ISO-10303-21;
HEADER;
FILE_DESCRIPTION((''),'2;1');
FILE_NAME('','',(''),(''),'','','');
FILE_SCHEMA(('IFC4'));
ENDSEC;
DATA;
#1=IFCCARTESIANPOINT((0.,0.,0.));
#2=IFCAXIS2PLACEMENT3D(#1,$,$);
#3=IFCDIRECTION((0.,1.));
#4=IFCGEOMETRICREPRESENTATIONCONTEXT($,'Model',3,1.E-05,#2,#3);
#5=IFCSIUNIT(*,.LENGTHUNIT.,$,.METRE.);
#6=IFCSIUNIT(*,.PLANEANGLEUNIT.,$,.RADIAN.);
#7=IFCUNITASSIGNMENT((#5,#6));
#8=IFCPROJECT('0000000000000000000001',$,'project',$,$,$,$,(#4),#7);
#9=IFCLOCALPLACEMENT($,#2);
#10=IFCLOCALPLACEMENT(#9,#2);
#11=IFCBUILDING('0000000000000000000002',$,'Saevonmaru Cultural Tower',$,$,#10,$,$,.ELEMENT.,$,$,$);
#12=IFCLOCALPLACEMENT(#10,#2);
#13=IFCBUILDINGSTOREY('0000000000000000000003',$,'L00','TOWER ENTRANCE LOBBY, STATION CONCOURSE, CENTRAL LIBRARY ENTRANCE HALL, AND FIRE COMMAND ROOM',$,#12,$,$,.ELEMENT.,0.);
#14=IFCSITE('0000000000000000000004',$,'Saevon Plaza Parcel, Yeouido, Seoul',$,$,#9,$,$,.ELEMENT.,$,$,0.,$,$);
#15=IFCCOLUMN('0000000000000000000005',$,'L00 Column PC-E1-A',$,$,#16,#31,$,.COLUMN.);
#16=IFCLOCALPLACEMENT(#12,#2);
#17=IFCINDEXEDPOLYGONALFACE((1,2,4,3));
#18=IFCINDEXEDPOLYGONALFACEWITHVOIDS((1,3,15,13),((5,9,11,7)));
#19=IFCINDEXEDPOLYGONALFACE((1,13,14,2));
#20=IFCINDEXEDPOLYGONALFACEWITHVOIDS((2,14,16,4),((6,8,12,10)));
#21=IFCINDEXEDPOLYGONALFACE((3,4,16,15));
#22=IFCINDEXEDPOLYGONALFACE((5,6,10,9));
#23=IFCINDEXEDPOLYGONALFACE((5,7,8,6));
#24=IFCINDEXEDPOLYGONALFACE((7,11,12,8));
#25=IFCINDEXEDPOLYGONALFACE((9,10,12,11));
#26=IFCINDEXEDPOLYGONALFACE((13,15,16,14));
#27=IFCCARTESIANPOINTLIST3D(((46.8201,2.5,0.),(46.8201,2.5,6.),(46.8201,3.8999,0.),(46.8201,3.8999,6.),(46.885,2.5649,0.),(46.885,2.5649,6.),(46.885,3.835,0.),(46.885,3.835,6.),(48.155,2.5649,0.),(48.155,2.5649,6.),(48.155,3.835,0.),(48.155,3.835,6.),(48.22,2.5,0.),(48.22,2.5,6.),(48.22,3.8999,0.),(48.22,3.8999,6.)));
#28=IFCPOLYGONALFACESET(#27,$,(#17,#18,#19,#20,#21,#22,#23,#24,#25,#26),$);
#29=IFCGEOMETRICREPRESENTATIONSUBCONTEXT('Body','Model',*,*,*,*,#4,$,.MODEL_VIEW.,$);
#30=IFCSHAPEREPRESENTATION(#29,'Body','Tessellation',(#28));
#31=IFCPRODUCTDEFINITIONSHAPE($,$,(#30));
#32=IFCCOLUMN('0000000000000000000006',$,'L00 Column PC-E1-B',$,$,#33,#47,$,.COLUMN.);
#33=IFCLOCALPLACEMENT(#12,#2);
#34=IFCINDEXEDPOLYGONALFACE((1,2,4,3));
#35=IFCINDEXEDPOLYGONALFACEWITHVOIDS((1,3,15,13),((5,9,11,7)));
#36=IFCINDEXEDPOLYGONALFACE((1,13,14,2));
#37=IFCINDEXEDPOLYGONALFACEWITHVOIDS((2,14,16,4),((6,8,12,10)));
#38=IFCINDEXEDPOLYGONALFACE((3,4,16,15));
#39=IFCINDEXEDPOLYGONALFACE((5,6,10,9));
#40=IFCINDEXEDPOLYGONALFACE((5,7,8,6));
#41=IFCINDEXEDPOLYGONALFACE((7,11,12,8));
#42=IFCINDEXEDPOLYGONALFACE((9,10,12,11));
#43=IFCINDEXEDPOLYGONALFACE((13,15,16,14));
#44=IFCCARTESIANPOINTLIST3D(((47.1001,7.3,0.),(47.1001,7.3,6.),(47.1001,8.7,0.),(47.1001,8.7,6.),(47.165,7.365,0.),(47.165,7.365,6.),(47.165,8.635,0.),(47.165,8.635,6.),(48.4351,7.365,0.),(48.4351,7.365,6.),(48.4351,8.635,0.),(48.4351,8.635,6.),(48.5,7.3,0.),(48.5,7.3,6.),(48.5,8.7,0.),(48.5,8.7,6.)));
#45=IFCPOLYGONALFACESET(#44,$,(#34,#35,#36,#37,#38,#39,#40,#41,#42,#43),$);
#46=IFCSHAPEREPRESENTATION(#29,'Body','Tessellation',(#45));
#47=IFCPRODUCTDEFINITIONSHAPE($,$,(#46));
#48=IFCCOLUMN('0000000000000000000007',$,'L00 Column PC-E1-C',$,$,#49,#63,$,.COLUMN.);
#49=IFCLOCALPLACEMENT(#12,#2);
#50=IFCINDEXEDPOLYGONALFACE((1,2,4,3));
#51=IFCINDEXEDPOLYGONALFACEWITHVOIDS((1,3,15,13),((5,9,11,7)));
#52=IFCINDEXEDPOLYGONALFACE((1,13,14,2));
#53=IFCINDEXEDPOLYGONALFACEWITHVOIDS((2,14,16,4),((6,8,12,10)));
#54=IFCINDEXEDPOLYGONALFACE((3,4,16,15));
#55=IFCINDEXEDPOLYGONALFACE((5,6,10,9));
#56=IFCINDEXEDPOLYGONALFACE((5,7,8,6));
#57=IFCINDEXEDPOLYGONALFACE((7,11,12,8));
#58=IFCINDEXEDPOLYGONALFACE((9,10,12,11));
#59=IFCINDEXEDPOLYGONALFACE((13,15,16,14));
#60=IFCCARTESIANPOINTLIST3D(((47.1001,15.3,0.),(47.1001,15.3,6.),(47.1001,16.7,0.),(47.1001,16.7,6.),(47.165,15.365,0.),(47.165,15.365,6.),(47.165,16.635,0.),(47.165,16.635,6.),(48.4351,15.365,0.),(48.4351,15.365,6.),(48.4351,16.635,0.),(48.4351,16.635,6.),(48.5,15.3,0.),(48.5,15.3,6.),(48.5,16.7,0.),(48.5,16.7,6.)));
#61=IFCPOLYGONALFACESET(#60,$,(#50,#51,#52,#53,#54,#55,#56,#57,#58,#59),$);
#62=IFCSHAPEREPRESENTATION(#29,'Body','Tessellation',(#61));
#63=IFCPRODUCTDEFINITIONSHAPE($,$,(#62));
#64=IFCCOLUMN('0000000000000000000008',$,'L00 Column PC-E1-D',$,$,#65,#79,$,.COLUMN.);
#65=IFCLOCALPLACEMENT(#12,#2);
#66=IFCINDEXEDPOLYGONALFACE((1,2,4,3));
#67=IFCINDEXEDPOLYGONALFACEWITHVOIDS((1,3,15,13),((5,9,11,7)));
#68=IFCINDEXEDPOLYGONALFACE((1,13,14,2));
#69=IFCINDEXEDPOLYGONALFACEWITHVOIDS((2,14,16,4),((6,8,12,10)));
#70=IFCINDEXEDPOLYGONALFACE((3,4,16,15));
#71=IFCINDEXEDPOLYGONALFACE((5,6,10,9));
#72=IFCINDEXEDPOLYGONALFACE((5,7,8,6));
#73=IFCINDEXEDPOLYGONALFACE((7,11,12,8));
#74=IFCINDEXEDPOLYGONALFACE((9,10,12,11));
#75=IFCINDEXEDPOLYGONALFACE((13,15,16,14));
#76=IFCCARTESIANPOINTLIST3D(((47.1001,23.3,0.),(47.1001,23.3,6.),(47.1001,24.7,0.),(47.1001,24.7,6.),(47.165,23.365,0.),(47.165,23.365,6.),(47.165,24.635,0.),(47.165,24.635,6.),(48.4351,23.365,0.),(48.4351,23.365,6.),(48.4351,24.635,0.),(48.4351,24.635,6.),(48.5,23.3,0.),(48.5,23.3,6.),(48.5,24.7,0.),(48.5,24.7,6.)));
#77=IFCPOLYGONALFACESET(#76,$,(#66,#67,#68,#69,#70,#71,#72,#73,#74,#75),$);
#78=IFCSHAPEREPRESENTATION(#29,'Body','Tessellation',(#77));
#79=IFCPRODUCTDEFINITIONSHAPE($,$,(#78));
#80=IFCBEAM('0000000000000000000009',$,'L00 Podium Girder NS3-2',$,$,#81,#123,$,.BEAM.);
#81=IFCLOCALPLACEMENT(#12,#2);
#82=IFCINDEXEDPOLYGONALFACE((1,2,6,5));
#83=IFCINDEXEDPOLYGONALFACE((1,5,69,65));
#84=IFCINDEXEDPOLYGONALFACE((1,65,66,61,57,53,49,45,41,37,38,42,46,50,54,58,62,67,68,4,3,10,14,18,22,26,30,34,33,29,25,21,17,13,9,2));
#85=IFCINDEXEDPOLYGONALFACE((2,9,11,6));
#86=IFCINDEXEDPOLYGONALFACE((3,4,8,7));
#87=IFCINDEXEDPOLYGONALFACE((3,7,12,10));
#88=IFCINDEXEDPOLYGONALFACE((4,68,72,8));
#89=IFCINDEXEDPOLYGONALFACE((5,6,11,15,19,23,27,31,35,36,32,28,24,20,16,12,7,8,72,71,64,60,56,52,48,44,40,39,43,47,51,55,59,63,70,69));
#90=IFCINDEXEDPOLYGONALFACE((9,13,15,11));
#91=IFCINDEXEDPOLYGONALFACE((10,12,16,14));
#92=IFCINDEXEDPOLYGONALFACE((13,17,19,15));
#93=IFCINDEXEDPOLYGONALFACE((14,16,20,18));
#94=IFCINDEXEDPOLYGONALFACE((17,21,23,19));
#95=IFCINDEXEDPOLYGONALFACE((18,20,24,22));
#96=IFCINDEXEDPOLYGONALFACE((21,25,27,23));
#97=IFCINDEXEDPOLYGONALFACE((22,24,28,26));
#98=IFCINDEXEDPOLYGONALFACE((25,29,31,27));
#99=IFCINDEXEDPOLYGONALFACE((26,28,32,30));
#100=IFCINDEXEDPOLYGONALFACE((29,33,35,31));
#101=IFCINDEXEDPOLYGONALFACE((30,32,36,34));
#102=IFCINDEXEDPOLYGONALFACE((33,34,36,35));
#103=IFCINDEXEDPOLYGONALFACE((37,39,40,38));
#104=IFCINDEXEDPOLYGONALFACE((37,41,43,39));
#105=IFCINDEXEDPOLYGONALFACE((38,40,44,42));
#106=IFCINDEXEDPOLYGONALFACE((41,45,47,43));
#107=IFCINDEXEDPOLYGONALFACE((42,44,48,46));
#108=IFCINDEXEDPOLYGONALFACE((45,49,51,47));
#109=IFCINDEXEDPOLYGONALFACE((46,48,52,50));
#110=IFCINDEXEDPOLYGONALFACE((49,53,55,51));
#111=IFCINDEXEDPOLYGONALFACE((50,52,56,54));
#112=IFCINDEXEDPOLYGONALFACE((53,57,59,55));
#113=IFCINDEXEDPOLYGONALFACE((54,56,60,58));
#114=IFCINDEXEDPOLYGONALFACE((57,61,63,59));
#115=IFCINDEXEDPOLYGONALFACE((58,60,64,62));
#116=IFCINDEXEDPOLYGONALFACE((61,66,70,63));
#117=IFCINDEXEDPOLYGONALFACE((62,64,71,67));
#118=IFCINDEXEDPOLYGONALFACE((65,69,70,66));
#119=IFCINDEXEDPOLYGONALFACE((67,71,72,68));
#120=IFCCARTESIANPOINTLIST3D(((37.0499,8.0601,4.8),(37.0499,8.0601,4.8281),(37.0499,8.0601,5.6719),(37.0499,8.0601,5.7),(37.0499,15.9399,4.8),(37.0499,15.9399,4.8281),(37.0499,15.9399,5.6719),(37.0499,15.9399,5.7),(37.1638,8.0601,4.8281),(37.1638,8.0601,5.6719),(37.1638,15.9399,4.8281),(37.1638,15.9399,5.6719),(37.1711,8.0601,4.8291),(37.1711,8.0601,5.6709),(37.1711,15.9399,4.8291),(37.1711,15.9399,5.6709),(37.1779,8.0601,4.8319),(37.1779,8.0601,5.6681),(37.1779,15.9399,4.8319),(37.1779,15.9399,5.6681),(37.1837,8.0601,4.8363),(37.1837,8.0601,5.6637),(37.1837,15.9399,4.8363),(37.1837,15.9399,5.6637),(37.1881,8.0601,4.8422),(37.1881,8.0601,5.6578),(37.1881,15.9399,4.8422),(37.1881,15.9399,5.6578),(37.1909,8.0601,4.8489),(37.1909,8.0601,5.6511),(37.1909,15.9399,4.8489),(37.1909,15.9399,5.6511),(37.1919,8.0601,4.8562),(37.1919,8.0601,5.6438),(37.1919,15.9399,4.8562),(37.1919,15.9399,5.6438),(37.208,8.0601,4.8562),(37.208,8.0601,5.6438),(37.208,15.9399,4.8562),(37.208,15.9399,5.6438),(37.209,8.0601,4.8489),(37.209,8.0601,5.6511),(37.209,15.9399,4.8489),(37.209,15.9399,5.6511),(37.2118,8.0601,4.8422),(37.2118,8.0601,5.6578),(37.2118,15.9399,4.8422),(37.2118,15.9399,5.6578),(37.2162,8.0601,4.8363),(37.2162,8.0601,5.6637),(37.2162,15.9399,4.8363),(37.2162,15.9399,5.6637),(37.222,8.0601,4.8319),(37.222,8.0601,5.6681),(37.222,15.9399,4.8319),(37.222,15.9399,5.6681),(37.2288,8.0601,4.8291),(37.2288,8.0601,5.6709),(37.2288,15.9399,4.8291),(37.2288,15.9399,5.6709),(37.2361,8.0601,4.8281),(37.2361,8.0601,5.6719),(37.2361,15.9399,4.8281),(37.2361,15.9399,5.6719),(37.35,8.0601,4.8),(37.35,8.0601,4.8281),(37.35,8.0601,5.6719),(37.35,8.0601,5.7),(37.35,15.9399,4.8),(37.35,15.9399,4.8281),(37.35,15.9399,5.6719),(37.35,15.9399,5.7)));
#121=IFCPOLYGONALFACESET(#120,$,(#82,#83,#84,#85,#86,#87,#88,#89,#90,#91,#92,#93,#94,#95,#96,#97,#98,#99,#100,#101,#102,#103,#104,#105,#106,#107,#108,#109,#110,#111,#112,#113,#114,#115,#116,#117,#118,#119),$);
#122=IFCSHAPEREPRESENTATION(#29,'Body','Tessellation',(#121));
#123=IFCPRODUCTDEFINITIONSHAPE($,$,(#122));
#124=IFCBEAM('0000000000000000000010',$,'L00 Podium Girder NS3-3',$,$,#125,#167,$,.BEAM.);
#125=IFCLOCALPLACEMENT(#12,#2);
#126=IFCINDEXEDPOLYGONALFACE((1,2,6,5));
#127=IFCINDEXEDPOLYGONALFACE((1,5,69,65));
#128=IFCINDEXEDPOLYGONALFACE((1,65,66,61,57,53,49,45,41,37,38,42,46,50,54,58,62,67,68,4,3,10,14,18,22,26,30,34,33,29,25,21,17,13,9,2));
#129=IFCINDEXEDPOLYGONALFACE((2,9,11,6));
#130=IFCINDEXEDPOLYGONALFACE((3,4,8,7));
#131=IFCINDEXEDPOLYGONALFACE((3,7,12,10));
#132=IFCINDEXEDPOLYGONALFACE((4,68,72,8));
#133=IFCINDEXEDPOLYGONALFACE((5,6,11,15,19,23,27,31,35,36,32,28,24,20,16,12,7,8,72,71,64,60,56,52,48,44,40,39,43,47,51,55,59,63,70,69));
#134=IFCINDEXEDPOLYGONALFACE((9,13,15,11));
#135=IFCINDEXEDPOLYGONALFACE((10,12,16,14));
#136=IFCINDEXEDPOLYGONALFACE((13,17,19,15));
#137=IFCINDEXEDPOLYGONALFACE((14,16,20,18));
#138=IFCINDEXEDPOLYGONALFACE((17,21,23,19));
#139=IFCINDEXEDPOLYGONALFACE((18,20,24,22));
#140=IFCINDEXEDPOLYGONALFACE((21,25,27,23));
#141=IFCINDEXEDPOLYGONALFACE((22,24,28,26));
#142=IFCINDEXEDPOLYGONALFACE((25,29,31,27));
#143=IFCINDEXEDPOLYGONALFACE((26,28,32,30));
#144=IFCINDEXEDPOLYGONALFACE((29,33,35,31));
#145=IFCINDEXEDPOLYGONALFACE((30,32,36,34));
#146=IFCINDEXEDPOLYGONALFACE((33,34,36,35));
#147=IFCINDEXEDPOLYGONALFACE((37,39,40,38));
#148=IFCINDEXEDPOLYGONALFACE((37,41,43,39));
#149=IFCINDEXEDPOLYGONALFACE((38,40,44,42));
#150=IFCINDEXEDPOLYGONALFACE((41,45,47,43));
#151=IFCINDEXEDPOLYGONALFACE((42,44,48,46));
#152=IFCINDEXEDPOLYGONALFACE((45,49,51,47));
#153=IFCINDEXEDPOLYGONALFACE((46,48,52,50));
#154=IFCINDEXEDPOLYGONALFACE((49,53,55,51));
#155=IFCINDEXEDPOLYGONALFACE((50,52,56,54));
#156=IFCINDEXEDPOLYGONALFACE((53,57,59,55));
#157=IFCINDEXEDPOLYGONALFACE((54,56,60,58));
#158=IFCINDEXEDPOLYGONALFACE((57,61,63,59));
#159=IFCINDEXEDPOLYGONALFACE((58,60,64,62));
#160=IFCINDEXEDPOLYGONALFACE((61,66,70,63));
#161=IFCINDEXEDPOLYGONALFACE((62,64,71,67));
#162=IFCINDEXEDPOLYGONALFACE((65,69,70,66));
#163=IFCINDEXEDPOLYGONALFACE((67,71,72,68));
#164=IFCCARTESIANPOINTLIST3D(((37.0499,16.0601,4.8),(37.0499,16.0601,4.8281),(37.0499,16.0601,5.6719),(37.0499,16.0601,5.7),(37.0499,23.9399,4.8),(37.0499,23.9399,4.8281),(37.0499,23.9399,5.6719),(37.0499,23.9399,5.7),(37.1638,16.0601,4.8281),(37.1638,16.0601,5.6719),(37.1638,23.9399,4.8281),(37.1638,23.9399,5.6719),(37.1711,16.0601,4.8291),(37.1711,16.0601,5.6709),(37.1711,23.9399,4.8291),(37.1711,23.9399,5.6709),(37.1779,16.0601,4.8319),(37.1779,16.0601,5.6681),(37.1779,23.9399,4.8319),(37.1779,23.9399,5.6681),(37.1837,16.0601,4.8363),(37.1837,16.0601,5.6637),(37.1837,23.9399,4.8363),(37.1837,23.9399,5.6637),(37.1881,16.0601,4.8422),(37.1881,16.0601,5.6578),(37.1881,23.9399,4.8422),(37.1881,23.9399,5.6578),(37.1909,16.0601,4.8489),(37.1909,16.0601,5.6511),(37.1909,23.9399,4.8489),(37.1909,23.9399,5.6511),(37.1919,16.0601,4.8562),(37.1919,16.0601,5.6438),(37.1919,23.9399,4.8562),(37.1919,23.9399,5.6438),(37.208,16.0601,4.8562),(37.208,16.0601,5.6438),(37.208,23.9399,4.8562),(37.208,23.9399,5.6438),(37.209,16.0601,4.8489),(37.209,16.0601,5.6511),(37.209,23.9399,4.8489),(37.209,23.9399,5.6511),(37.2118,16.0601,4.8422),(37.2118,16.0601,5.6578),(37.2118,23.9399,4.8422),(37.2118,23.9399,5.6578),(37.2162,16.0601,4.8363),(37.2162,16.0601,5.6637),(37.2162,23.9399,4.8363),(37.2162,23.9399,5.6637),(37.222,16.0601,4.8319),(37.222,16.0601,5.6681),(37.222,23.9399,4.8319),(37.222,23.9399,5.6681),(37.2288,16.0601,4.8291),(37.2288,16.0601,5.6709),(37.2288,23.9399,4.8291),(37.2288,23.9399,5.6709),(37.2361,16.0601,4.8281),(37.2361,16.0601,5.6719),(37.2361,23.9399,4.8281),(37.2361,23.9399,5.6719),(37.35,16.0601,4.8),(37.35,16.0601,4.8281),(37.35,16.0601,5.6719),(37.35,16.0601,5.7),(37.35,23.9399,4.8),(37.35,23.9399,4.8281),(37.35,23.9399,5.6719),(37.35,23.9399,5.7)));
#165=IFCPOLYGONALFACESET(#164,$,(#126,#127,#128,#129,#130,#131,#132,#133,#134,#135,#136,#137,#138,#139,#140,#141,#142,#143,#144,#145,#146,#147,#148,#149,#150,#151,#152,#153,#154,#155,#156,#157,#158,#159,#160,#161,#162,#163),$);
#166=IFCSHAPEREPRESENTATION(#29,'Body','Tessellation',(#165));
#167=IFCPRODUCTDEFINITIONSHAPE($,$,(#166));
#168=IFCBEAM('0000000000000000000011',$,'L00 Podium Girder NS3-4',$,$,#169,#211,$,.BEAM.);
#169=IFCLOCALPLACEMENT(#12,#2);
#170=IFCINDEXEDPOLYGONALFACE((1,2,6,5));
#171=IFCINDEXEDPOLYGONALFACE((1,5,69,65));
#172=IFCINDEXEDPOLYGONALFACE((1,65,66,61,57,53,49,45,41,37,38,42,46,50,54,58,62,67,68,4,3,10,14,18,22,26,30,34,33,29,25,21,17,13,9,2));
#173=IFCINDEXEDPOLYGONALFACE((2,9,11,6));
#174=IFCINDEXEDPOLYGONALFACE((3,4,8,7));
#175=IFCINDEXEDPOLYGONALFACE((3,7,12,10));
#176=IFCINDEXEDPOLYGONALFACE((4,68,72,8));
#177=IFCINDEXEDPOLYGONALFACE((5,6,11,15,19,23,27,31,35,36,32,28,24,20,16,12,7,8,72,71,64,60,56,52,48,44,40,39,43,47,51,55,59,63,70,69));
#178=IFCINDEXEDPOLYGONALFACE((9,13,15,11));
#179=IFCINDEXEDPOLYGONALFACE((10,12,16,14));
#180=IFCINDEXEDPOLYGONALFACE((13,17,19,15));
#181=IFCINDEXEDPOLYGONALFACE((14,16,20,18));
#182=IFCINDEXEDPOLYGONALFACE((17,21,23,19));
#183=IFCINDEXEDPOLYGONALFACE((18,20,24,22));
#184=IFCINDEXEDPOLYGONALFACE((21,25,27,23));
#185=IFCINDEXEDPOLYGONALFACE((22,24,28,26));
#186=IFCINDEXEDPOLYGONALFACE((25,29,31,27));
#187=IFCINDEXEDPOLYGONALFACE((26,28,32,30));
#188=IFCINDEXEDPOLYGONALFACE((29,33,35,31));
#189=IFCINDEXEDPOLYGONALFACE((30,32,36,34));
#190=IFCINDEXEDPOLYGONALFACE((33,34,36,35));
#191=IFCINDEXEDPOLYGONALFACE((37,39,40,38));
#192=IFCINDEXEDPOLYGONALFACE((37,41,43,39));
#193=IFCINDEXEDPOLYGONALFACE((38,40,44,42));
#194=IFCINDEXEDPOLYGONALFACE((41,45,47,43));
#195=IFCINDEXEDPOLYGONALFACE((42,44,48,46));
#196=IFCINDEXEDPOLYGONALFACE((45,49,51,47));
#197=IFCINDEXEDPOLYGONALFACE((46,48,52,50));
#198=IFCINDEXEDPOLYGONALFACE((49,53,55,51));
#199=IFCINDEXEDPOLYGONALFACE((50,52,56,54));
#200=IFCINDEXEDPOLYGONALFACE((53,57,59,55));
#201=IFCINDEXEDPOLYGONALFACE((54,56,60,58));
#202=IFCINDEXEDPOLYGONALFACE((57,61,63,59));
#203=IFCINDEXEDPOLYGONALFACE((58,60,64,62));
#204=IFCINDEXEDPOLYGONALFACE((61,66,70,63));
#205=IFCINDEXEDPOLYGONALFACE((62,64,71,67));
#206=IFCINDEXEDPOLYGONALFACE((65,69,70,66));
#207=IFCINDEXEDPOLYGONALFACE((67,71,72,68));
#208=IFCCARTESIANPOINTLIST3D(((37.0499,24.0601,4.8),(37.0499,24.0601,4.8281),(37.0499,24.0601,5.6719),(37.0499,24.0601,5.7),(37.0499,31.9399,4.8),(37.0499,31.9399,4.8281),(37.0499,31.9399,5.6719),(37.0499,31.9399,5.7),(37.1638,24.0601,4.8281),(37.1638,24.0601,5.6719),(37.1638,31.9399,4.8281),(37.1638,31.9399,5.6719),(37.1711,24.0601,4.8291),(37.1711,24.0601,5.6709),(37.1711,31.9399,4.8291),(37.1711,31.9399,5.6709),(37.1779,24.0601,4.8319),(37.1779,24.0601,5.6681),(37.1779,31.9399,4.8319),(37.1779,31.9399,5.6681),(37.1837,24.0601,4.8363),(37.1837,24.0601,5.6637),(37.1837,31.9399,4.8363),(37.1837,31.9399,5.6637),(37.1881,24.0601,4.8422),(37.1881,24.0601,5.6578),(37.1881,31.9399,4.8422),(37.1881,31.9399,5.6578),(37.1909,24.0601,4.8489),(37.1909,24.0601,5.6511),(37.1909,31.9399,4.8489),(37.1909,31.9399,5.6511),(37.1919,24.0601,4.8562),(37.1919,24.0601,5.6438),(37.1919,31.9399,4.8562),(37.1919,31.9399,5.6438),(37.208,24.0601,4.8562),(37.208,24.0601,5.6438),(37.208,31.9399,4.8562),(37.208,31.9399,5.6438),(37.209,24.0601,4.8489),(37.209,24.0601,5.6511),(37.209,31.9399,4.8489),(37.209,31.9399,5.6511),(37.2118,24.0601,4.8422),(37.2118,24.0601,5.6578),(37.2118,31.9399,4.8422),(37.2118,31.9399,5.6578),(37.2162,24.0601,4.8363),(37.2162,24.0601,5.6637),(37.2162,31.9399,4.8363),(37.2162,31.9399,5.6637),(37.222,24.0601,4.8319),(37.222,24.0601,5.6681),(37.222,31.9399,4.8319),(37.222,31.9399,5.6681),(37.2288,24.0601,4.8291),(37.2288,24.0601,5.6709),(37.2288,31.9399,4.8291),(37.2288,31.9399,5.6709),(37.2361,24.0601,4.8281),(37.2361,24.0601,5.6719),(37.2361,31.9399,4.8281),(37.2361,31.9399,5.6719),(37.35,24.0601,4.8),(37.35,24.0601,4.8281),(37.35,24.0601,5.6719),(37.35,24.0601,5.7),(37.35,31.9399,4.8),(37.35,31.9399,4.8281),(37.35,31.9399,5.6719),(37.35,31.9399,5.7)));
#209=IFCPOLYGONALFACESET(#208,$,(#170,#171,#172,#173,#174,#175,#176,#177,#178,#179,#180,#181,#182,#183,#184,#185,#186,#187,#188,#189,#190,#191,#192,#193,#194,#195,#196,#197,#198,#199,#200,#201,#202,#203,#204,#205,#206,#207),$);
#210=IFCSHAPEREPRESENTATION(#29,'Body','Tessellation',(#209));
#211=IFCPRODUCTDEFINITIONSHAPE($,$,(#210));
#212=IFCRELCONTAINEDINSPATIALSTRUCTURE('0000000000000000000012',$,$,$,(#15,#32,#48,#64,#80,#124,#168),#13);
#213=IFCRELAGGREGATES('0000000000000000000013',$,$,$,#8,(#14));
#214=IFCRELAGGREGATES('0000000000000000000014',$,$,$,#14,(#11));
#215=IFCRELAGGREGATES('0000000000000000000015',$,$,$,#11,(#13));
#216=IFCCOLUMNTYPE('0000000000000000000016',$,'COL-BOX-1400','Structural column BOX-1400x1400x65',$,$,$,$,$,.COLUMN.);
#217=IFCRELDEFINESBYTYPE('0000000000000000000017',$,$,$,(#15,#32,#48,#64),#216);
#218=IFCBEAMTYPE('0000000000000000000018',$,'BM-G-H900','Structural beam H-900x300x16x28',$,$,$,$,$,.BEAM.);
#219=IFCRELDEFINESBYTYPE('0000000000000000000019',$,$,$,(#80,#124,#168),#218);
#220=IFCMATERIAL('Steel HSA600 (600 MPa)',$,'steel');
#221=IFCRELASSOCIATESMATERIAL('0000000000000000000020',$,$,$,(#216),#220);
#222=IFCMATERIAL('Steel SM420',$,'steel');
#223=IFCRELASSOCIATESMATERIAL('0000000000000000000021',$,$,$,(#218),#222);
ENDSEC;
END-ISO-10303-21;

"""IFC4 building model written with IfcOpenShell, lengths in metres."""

from ifc_helpers import new_model, si_unit, direction, frame, origin, origin_2d, place, context, subcontext, project, spatial, hollow_rectangle, i_section, extrude, material, material_profile, profile_set, type_object, element, save


model = new_model("IFC4")

# Units and contexts
model_context = context("Model", 3, precision=1e-05, world=origin(), true_north=direction((0.0, 1.0)))
body_context = subcontext(model_context, "Body", "Model", "MODEL_VIEW")
ifc_project = project(units=[si_unit("LENGTHUNIT", "METRE"), si_unit("PLANEANGLEUNIT", "RADIAN")], contexts=[model_context])

# Site, building, storey
site_placement = place(None, origin())
site = spatial("IfcSite", under=ifc_project, at=site_placement, Name="Saevon Plaza Parcel, Yeouido, Seoul", CompositionType="ELEMENT", RefElevation=0.0)
building_placement = place(site_placement, origin())
building = spatial("IfcBuilding", under=site, at=building_placement, Name="Saevonmaru Cultural Tower", CompositionType="ELEMENT")
storey_placement = place(building_placement, origin())
storey = spatial("IfcBuildingStorey", under=building, at=storey_placement, Name="L00", Description="TOWER ENTRANCE LOBBY, STATION CONCOURSE, CENTRAL LIBRARY ENTRANCE HALL, AND FIRE COMMAND ROOM", CompositionType="ELEMENT", Elevation=0.0)

# Columns
ifc_material_1 = material(Name="Steel HSA600 (600 MPa)", Category="steel")
ifc_material_profile_1 = material_profile(ifc_material_1, hollow_rectangle(XDim=1.3999, YDim=1.3999, WallThickness=0.0649, at=origin_2d()), Name="BOX-1400x1400x65")
ifc_profile_set_1 = profile_set([ifc_material_profile_1], Name="Steel HSA600 (600 MPa)")
column_type = type_object("IfcColumnType", Name="COL-BOX-1400", Description="Structural column BOX-1400x1400x65", PredefinedType="COLUMN", material=ifc_profile_set_1)
for number, where, z_axis, x_axis, name in (
    (1, (47.52, 3.2, 0.0), (0.0, 0.0, 1.0), (1.0, 0.0, 0.0), "L00 Column PC-E1-A"),
    (2, (47.8, 8.0, 0.0), (0.0, 0.0, 1.0), (1.0, 0.0, 0.0), "L00 Column PC-E1-B"),
    (3, (47.8, 16.0, 0.0), (0.0, 0.0, 1.0), (1.0, 0.0, 0.0), "L00 Column PC-E1-C"),
    (4, (47.8, 24.0, 0.0), (0.0, 0.0, 1.0), (1.0, 0.0, 0.0), "L00 Column PC-E1-D"),
):
    element("IfcColumn", number, at=place(storey_placement, frame(where, z_axis=z_axis, x_axis=x_axis)), inside=storey, type_object=column_type, Name=name, PredefinedType="COLUMN", context=body_context, shape_type="SweptSolid", body=[
        extrude(hollow_rectangle(XDim=1.3999, YDim=1.3999, WallThickness=0.0649, at=origin_2d()), origin(), (0.0, 0.0, 1.0), 6.0),
    ])

# Beams
ifc_material_2 = material(Name="Steel SM420", Category="steel")
ifc_material_profile_2 = material_profile(ifc_material_2, i_section(OverallWidth=0.3, OverallDepth=0.8999, WebThickness=0.0161, FlangeThickness=0.0281, FilletRadius=0.0281, at=origin_2d()), Name="H-900x300x16x28")
ifc_profile_set_2 = profile_set([ifc_material_profile_2], Name="Steel SM420")
beam_type_1 = type_object("IfcBeamType", Name="BM-G-H900", Description="Structural beam H-900x300x16x28", PredefinedType="BEAM", material=ifc_profile_set_2)
for number, where, z_axis, x_axis, name in (
    (5, (37.2, 8.0601, 5.25), (0.0, 1.0, 0.0), (-1.0, 0.0, 0.0), "L00 Podium Girder NS3-2"),
    (6, (37.2, 16.0601, 5.25), (0.0, 1.0, 0.0), (-1.0, 0.0, 0.0), "L00 Podium Girder NS3-3"),
    (7, (37.2, 24.0601, 5.25), (0.0, 1.0, 0.0), (-1.0, 0.0, 0.0), "L00 Podium Girder NS3-4"),
):
    element("IfcBeam", number, at=place(storey_placement, frame(where, z_axis=z_axis, x_axis=x_axis)), inside=storey, type_object=beam_type_1, Name=name, PredefinedType="BEAM", context=body_context, shape_type="SweptSolid", body=[
        extrude(i_section(OverallWidth=0.3, OverallDepth=0.8999, WebThickness=0.0161, FlangeThickness=0.0281, FilletRadius=0.0281, at=origin_2d()), origin(), (0.0, 0.0, 1.0), 7.8799),
    ])

save(model, "model.ifc")
